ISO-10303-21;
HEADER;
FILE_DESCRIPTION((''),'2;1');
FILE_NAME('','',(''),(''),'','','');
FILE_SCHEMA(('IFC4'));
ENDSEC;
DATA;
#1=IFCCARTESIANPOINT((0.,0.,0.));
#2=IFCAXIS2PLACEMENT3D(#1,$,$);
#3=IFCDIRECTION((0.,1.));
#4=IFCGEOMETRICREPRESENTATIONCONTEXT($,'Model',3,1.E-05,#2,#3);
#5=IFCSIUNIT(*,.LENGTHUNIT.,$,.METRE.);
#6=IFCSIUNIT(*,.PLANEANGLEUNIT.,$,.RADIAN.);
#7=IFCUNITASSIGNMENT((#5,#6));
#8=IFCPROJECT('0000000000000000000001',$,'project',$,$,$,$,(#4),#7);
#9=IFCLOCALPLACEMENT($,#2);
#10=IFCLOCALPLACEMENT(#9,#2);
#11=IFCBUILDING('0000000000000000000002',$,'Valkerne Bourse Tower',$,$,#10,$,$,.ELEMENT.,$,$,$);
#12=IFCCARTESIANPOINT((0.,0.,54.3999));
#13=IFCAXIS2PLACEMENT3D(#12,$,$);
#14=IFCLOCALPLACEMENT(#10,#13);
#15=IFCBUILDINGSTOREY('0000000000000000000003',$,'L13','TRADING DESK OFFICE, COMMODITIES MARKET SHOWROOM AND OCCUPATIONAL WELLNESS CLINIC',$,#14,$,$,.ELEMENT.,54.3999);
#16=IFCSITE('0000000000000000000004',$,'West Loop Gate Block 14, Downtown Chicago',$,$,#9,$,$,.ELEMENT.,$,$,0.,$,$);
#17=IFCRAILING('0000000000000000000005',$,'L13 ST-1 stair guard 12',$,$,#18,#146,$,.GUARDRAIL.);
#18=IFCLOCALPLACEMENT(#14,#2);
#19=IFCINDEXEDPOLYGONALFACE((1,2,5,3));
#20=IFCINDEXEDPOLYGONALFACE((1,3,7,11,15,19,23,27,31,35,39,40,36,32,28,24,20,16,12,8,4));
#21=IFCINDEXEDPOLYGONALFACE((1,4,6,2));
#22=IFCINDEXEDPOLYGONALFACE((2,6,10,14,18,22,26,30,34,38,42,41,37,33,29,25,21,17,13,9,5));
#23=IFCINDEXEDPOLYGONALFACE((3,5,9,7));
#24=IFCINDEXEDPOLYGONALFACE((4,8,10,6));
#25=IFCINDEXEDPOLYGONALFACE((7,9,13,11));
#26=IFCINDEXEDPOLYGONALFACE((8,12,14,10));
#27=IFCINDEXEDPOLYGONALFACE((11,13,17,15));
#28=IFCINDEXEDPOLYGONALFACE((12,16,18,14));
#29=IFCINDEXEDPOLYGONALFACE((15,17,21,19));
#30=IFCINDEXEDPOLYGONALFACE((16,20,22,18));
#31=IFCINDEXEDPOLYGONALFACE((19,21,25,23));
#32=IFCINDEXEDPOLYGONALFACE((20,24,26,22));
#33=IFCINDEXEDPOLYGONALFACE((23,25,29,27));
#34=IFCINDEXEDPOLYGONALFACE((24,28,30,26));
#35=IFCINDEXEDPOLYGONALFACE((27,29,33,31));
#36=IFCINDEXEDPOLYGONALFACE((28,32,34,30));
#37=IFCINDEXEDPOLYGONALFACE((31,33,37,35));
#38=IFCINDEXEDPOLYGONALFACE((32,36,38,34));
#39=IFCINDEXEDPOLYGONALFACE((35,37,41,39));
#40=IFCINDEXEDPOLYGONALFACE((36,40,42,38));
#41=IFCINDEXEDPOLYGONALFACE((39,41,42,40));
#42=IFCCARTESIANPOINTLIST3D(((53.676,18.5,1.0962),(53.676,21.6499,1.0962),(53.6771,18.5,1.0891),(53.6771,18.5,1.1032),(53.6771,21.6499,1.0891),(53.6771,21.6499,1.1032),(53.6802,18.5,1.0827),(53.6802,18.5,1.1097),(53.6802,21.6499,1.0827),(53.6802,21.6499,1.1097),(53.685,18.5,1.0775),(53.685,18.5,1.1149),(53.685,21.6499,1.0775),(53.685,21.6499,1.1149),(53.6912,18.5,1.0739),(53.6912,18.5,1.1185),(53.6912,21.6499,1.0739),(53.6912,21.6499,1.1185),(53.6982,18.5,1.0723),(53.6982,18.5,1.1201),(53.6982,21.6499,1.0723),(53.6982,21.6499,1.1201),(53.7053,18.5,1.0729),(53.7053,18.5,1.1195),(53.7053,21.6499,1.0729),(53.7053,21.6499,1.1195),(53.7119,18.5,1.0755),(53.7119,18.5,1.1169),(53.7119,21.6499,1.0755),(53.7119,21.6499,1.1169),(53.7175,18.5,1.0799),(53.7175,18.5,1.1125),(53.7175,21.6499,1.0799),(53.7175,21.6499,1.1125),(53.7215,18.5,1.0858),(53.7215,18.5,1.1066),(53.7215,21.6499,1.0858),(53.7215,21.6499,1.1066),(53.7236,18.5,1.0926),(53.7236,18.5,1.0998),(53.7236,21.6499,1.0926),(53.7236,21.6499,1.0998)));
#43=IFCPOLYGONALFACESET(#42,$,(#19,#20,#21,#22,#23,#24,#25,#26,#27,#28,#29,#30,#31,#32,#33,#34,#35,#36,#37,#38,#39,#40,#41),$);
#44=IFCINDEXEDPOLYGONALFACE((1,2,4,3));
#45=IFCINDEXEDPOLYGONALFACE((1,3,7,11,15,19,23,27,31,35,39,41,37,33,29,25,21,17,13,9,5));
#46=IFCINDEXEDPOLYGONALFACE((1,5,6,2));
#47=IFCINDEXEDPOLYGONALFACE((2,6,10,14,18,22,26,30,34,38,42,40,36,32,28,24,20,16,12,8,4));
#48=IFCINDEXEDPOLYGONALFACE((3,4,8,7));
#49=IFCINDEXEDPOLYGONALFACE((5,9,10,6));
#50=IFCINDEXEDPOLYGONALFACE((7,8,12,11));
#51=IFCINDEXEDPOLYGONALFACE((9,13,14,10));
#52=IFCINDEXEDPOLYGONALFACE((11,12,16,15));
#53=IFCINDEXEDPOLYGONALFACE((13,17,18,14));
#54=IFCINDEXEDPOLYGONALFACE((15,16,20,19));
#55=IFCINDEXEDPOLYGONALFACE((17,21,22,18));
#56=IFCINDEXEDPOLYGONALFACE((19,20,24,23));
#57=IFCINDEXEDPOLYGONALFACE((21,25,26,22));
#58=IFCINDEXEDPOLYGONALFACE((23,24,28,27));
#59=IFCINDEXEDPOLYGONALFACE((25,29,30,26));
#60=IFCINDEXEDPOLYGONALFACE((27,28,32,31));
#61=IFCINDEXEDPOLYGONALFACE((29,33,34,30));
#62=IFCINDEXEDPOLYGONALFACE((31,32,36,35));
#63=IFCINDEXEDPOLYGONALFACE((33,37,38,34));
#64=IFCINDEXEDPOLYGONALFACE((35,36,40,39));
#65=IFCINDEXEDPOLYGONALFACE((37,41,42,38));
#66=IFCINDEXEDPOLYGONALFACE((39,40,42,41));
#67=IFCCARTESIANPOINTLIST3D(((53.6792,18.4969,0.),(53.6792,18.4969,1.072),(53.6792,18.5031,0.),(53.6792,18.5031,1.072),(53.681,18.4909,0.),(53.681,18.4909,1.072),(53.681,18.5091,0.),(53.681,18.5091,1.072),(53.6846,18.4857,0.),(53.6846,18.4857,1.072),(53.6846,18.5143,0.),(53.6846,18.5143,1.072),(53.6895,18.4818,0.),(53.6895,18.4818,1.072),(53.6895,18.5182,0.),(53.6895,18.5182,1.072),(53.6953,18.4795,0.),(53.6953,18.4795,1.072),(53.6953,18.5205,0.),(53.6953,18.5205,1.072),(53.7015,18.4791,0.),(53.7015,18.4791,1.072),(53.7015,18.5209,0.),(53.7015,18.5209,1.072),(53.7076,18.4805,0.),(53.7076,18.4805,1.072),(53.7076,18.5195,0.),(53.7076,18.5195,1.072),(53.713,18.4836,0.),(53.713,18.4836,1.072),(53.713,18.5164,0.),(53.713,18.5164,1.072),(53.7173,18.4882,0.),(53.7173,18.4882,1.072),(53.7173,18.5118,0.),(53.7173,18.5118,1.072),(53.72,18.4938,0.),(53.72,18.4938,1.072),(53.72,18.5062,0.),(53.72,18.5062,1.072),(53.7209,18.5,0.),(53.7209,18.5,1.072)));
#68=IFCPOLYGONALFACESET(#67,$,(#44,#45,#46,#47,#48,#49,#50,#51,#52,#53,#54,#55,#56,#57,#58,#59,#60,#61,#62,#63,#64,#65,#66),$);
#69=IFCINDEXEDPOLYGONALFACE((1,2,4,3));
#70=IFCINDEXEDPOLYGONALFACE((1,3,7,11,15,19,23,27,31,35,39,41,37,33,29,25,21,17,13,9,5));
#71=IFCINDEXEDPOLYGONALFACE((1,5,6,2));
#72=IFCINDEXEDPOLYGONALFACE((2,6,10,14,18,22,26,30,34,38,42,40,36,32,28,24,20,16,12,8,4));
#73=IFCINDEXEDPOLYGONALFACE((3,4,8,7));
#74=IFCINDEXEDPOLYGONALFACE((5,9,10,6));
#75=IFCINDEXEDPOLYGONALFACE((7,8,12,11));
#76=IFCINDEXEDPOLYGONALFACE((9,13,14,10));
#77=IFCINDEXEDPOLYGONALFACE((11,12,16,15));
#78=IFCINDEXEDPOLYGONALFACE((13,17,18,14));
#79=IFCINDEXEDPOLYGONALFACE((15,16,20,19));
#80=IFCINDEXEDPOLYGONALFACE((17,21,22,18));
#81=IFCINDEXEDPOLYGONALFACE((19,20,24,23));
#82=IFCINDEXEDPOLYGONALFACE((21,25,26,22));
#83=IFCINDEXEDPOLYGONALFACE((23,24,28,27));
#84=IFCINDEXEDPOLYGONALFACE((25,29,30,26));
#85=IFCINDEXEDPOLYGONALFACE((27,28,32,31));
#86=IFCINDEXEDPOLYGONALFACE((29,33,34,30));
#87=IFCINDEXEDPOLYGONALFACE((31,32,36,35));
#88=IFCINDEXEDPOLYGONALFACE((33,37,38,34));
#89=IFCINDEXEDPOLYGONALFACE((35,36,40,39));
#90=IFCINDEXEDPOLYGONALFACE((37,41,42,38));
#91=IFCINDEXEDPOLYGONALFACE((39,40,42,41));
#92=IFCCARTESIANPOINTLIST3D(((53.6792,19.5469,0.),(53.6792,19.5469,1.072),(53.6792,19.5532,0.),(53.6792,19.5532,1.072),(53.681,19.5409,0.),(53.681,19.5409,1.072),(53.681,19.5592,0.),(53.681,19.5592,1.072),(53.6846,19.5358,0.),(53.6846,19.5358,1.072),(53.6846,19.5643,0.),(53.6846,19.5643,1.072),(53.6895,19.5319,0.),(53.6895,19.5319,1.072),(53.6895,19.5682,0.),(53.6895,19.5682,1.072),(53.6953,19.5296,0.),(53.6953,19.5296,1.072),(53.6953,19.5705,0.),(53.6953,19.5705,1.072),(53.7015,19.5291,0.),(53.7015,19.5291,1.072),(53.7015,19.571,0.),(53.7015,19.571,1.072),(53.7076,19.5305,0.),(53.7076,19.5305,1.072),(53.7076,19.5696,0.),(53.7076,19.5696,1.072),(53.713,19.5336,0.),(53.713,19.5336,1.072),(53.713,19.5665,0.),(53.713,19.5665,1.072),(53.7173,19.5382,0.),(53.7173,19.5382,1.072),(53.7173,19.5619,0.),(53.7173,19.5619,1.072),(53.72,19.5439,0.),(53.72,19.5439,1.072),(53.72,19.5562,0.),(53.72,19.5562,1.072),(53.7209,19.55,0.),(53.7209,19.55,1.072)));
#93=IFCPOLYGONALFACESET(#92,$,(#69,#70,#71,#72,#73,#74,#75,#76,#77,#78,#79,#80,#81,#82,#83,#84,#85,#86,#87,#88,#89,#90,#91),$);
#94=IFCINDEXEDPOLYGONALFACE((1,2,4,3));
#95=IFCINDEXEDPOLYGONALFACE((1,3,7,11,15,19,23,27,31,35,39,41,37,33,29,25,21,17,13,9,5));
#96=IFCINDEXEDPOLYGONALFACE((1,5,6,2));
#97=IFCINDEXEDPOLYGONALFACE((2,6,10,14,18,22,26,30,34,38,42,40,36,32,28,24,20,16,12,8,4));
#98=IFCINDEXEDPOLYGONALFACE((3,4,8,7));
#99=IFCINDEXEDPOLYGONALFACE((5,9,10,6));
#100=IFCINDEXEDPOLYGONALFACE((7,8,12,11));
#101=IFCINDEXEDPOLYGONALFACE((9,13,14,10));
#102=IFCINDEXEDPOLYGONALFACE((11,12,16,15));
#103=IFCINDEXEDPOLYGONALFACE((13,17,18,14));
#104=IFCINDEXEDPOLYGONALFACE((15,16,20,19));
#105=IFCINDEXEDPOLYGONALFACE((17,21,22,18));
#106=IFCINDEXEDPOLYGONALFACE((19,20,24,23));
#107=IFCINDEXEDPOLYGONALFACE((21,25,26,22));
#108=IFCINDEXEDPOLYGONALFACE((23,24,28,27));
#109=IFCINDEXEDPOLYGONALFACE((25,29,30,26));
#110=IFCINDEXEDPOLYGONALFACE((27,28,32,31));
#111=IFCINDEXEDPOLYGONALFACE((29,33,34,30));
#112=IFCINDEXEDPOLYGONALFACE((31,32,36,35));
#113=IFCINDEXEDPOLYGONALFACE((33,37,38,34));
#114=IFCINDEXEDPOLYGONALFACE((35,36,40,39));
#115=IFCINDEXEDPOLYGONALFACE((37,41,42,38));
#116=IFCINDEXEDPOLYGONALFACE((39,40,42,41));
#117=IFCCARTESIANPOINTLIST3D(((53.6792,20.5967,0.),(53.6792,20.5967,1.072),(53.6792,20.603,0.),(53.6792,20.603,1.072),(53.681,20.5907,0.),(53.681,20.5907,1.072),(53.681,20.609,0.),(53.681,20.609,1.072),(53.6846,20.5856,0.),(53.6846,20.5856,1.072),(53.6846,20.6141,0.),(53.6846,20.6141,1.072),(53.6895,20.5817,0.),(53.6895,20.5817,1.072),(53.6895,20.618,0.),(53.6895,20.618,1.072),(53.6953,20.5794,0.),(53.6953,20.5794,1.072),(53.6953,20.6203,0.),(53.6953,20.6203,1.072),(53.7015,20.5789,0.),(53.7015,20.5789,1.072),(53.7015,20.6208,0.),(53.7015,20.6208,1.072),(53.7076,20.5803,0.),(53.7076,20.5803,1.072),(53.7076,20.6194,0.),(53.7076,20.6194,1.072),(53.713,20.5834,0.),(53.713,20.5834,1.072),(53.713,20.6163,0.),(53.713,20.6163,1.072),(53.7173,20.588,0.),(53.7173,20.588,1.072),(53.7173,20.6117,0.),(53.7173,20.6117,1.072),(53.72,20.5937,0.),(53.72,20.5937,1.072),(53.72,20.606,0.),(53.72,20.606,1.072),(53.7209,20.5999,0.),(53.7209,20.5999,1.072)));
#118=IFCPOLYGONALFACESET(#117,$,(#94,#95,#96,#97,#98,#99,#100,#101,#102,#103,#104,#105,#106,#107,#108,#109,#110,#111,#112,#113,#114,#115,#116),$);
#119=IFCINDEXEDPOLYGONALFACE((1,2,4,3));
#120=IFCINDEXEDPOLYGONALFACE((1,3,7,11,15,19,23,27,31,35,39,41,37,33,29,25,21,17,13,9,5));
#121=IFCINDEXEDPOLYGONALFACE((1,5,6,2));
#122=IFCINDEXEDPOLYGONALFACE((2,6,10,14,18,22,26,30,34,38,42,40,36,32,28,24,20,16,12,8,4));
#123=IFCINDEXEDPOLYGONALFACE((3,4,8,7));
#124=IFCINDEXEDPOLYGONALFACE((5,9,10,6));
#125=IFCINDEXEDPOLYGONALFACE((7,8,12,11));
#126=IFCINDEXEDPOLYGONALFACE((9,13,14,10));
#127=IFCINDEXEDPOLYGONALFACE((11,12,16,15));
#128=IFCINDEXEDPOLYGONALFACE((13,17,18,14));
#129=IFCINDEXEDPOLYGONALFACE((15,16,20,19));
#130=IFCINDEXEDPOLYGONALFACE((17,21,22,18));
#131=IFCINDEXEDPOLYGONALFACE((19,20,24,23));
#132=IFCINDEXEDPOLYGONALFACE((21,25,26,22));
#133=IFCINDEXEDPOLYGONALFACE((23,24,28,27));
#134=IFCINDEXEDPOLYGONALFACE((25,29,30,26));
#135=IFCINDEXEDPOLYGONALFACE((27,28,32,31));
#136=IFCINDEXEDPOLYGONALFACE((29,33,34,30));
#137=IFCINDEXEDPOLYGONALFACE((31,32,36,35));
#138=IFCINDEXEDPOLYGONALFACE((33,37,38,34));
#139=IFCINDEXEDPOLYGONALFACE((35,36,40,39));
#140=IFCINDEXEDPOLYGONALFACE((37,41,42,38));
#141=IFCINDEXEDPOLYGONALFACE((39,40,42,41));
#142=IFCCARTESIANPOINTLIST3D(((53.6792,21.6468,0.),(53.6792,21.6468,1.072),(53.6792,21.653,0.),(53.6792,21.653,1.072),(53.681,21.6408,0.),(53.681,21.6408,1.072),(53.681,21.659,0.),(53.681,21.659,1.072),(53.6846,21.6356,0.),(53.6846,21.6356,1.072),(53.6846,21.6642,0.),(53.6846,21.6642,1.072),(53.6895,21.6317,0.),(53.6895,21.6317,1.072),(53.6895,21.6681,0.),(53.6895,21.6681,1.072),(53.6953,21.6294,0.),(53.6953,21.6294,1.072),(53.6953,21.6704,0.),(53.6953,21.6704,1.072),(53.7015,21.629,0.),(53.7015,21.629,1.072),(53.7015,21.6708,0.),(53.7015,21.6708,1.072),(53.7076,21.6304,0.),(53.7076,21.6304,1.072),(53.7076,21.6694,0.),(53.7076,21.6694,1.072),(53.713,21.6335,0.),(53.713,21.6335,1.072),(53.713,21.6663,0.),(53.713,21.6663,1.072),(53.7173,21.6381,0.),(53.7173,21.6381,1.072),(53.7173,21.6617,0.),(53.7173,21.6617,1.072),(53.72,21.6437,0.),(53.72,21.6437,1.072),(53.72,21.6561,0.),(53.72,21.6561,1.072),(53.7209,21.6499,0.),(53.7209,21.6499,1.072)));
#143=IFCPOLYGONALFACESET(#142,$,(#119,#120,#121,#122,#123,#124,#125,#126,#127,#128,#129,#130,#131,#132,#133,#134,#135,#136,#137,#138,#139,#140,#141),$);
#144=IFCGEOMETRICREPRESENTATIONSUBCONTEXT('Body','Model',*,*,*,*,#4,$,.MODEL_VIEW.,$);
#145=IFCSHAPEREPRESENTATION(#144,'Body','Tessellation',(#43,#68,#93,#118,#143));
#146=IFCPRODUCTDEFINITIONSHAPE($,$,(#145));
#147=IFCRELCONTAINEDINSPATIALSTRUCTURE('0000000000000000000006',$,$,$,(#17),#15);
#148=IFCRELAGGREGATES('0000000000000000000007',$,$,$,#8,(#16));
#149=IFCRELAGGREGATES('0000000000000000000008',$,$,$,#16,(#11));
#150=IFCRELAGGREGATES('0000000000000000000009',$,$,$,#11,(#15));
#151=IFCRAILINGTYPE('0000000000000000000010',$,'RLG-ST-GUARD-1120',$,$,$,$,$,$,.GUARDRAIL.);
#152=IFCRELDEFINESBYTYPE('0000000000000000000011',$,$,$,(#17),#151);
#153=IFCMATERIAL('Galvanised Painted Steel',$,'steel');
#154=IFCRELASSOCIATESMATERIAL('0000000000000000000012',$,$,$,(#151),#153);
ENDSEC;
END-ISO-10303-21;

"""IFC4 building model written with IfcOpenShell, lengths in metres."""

from ifc_helpers import new_model, si_unit, direction, frame, origin, origin_2d, place, context, subcontext, project, spatial, circle, extrude, material, type_object, element, save


model = new_model("IFC4")

# Units and contexts
model_context = context("Model", 3, precision=1e-05, world=origin(), true_north=direction((0.0, 1.0)))
body_context = subcontext(model_context, "Body", "Model", "MODEL_VIEW")
ifc_project = project(units=[si_unit("LENGTHUNIT", "METRE"), si_unit("PLANEANGLEUNIT", "RADIAN")], contexts=[model_context])

# Site, building, storey
site_placement = place(None, origin())
site = spatial("IfcSite", under=ifc_project, at=site_placement, Name="West Loop Gate Block 14, Downtown Chicago", CompositionType="ELEMENT", RefElevation=0.0)
building_placement = place(site_placement, origin())
building = spatial("IfcBuilding", under=site, at=building_placement, Name="Valkerne Bourse Tower", CompositionType="ELEMENT")
storey_placement = place(building_placement, frame((0.0, 0.0, 54.3999)))
storey = spatial("IfcBuildingStorey", under=building, at=storey_placement, Name="L13", Description="TRADING DESK OFFICE, COMMODITIES MARKET SHOWROOM AND OCCUPATIONAL WELLNESS CLINIC", CompositionType="ELEMENT", Elevation=54.3999)

# Railing
ifc_material_1 = material(Name="Galvanised Painted Steel", Category="steel")
railing_type = type_object("IfcRailingType", Name="RLG-ST-GUARD-1120", PredefinedType="GUARDRAIL", material=ifc_material_1)
railing_placement = place(storey_placement, frame((53.7, 18.5, 0.0)))
element("IfcRailing", 1, at=railing_placement, inside=storey, type_object=railing_type, Name="L13 ST-1 stair guard 12", PredefinedType="GUARDRAIL", context=body_context, shape_type="SweptSolid", body=[
    extrude(circle(Radius=0.0239, at=origin_2d()), frame((0.0, 0.0, 1.0962), z_axis=(0.0, 1.0, 0.0), x_axis=(-1.0, 0.0, 0.0)), (0.0, 0.0, 1.0), 3.1499),
    extrude(circle(Radius=0.021, at=origin_2d()), origin(), (0.0, 0.0, 1.0), 1.072),
    extrude(circle(Radius=0.021, at=origin_2d()), frame((0.0, 1.05, 0.0)), (0.0, 0.0, 1.0), 1.072),
    extrude(circle(Radius=0.021, at=origin_2d()), frame((0.0, 2.0999, 0.0)), (0.0, 0.0, 1.0), 1.072),
    extrude(circle(Radius=0.021, at=origin_2d()), frame((0.0, 3.1499, 0.0)), (0.0, 0.0, 1.0), 1.072),
])

save(model, "model.ifc")
